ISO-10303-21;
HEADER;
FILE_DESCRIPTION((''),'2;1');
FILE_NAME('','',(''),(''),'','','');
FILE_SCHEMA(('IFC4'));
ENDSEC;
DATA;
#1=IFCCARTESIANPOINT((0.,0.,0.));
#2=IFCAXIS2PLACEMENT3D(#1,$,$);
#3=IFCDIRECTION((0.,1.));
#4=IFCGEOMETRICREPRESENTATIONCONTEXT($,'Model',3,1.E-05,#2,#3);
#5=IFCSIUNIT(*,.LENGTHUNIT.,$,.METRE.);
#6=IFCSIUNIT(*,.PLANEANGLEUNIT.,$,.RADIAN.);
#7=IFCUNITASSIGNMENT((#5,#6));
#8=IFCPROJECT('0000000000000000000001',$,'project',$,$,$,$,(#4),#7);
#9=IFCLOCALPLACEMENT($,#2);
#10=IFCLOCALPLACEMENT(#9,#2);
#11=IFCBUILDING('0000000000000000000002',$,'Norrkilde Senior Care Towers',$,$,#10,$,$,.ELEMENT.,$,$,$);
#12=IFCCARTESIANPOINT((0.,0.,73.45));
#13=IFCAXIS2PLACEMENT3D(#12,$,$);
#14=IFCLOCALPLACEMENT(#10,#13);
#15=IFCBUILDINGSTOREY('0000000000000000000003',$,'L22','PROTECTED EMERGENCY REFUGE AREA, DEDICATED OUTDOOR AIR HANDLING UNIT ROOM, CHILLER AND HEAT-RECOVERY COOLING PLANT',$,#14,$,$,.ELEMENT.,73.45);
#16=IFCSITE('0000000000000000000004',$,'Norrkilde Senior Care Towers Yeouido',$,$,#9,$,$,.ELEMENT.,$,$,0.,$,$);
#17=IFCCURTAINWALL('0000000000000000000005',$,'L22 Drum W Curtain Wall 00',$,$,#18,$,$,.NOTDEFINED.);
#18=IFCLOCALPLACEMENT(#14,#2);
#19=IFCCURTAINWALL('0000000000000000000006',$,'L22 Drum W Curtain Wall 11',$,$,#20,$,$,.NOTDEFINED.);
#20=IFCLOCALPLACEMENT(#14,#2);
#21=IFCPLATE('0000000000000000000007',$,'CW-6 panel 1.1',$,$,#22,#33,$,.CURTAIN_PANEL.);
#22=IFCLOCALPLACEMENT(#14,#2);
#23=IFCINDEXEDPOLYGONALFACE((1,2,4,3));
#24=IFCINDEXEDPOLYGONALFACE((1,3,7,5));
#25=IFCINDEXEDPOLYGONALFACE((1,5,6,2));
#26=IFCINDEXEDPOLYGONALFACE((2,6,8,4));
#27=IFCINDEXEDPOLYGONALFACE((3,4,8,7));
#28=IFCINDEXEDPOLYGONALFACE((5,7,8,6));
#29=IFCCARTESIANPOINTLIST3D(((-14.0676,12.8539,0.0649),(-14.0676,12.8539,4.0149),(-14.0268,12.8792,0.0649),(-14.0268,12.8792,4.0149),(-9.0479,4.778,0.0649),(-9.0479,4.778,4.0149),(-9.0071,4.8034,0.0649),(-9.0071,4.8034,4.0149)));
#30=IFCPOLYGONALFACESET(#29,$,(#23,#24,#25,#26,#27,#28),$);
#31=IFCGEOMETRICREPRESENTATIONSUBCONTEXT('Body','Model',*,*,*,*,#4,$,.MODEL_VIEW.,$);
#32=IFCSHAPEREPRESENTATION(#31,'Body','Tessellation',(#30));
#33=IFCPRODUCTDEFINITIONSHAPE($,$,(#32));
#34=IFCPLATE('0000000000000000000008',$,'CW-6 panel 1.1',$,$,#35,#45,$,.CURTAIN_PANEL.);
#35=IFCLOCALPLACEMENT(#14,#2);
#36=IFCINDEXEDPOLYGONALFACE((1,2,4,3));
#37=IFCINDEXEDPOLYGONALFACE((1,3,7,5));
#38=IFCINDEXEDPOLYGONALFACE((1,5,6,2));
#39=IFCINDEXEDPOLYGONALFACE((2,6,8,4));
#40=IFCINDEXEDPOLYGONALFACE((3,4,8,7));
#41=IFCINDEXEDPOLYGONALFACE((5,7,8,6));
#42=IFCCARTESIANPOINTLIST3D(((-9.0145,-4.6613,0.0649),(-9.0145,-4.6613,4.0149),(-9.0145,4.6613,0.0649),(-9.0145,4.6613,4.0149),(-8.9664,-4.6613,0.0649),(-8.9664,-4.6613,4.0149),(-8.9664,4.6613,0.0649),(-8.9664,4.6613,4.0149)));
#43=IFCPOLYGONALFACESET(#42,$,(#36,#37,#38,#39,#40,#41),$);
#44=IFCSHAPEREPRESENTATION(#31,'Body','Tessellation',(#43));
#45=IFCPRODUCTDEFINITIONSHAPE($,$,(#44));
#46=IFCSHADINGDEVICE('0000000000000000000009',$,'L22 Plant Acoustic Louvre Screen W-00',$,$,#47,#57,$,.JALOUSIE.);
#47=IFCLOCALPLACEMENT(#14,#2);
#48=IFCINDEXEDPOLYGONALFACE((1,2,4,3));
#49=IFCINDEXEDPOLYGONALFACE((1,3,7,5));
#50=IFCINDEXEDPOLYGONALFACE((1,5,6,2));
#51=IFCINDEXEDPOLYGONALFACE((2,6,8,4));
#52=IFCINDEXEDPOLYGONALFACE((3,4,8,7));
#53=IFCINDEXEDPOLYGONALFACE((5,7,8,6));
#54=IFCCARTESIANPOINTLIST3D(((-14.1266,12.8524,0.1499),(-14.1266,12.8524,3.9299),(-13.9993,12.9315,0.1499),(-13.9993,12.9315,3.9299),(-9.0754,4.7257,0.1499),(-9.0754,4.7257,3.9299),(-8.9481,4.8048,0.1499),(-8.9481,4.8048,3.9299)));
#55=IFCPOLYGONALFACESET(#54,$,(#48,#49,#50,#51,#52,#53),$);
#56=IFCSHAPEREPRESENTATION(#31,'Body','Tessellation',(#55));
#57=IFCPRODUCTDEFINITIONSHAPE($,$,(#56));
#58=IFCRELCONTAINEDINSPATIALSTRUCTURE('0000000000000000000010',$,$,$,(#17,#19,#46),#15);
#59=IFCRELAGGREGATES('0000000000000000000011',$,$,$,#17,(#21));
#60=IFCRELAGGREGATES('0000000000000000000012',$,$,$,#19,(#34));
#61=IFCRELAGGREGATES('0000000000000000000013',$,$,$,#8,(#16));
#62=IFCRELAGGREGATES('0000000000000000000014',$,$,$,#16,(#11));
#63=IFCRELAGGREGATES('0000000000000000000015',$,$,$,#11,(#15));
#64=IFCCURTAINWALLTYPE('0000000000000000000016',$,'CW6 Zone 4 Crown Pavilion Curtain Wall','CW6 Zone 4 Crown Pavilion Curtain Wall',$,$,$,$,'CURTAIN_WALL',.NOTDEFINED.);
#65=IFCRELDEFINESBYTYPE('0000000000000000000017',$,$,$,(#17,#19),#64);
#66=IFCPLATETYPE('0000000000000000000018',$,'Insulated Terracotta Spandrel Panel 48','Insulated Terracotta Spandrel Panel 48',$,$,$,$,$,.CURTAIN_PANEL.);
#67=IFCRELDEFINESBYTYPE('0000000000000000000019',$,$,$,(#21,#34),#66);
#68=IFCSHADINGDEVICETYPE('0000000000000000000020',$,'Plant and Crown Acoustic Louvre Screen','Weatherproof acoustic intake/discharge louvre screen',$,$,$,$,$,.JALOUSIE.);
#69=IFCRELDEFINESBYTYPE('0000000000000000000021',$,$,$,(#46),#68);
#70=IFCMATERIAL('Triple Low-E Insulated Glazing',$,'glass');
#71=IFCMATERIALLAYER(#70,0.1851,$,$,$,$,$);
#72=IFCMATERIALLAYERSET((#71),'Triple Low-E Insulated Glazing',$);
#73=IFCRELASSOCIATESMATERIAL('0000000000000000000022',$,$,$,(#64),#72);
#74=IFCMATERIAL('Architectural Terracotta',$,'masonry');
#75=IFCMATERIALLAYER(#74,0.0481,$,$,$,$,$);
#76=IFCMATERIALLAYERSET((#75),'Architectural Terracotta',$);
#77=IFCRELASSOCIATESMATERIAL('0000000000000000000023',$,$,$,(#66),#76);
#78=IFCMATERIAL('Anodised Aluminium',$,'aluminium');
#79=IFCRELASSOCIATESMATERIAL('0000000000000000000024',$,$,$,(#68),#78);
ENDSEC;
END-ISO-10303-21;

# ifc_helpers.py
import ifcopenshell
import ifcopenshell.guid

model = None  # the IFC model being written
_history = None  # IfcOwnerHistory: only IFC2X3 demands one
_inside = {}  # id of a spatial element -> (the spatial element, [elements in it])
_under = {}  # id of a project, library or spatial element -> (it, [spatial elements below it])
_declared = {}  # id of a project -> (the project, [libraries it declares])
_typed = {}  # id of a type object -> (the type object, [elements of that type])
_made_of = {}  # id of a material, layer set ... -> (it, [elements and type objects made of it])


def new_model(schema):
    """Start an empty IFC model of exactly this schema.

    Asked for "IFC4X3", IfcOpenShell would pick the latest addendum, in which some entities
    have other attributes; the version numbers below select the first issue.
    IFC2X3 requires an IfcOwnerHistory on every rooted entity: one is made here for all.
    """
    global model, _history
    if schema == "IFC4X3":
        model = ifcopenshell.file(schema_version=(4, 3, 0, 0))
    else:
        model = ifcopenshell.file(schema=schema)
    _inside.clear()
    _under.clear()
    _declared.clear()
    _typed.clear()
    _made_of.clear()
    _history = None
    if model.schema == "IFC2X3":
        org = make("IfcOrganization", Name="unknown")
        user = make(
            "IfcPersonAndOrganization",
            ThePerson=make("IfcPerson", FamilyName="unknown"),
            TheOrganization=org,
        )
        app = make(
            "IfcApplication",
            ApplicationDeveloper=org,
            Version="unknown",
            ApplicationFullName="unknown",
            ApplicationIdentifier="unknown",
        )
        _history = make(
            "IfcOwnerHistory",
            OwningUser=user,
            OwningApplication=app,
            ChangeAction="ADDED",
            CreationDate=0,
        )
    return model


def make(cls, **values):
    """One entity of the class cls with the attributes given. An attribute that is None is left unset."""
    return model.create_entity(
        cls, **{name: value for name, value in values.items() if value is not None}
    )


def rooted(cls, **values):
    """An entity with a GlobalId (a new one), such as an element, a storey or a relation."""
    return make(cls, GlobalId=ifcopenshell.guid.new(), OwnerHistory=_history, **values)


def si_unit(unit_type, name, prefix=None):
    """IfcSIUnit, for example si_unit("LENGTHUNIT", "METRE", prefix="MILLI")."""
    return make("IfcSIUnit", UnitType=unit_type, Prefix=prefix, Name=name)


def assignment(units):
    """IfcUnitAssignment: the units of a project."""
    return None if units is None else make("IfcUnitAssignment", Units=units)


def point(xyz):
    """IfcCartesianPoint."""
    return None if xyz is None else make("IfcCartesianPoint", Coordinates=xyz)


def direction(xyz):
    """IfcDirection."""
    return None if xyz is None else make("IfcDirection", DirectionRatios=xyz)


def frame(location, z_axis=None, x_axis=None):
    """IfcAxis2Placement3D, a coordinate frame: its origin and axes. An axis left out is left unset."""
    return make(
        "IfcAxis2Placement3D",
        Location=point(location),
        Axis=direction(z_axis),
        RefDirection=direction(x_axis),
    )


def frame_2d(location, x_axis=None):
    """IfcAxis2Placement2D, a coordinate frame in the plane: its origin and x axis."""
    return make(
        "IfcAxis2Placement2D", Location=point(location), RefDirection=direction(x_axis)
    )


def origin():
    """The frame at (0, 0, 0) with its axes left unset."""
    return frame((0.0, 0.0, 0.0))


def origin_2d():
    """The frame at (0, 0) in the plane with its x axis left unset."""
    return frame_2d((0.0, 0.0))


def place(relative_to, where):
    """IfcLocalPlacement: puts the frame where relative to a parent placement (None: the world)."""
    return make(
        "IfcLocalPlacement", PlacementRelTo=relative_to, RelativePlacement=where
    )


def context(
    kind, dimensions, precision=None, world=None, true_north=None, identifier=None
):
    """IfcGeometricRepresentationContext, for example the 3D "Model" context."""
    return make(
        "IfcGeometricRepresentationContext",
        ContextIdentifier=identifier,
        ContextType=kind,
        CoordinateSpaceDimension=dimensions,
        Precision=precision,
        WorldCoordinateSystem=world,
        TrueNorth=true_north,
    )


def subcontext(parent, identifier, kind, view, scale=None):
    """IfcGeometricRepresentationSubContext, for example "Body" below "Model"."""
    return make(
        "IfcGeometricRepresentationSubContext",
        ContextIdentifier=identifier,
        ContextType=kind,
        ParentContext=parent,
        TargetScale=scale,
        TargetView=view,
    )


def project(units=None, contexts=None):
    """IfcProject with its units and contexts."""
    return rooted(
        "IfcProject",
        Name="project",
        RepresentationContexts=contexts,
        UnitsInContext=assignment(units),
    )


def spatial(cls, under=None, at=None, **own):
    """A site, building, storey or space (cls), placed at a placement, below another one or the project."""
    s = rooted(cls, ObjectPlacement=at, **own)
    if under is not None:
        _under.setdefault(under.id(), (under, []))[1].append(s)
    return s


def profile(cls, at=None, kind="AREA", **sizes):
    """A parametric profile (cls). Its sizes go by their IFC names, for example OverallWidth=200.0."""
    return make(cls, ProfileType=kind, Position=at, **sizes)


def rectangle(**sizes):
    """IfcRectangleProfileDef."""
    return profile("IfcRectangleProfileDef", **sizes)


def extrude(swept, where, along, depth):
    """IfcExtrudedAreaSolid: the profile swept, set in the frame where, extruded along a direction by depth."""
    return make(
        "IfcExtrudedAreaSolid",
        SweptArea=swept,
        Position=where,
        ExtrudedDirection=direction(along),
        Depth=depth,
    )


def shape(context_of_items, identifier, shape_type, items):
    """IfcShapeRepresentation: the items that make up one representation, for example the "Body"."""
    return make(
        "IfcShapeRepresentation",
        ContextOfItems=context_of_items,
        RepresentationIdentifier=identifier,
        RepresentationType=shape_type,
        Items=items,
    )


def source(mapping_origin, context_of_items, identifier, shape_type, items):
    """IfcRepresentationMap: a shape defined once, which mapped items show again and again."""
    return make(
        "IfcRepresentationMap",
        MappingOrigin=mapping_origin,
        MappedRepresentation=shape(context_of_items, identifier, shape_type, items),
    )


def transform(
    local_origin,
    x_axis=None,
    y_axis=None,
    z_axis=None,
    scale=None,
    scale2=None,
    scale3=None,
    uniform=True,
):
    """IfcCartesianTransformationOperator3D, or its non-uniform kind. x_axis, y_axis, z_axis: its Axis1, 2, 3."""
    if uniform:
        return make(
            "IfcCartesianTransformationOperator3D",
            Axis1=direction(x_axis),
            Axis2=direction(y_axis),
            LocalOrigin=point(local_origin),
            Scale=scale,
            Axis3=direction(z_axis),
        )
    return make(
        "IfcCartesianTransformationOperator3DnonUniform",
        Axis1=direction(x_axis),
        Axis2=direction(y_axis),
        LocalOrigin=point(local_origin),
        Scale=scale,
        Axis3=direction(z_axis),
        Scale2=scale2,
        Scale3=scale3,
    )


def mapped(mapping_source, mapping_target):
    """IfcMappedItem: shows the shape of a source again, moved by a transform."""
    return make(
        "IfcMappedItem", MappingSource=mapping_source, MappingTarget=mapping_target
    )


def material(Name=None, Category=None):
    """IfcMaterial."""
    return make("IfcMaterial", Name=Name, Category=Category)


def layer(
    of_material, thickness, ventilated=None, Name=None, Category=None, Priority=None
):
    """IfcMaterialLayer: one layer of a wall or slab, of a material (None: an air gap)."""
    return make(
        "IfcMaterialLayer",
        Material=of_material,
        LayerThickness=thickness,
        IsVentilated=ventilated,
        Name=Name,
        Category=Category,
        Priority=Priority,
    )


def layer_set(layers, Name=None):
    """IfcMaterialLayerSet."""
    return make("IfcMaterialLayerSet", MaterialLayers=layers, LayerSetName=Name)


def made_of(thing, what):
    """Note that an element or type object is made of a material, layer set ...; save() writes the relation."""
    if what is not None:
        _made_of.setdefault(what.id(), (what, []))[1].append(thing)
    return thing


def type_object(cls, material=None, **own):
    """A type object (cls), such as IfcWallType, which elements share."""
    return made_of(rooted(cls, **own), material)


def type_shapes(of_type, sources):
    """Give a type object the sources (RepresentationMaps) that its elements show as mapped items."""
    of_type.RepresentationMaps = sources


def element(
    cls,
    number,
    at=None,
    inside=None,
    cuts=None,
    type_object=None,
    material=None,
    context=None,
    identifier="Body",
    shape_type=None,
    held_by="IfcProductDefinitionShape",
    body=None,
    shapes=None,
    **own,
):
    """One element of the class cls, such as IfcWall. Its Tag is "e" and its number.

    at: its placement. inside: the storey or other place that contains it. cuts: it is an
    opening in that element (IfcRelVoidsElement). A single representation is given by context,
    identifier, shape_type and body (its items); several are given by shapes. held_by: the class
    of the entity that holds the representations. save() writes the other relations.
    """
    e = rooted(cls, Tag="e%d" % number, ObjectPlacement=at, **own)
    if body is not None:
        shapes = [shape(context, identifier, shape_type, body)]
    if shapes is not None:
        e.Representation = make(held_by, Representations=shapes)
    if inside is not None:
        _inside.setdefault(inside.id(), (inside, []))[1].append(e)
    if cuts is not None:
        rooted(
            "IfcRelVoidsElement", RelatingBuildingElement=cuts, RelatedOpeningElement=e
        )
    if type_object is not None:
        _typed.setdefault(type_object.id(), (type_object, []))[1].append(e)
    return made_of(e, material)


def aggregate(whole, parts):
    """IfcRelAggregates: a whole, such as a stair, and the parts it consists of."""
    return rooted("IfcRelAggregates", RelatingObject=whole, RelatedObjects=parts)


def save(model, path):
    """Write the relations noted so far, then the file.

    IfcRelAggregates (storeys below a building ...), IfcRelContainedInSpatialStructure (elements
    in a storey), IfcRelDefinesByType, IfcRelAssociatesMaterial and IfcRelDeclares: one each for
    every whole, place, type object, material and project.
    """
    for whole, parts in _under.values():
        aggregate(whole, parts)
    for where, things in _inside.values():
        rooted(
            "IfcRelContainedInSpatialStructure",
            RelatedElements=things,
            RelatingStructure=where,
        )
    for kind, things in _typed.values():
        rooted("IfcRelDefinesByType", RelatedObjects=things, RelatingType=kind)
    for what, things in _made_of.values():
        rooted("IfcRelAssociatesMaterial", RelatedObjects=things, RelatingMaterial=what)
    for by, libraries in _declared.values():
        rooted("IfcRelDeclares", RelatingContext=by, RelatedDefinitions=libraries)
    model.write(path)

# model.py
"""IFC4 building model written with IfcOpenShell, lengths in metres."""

from ifc_helpers import new_model, si_unit, direction, frame, origin, origin_2d, place, context, subcontext, project, spatial, rectangle, extrude, source, transform, mapped, material, layer, layer_set, type_object, type_shapes, element, aggregate, save


model = new_model("IFC4")

# Units and contexts
model_context = context("Model", 3, precision=1e-05, world=origin(), true_north=direction((0.0, 1.0)))
body_context = subcontext(model_context, "Body", "Model", "MODEL_VIEW")
ifc_project = project(units=[si_unit("LENGTHUNIT", "METRE"), si_unit("PLANEANGLEUNIT", "RADIAN")], contexts=[model_context])

# Site, building, storey
site_placement = place(None, origin())
site = spatial("IfcSite", under=ifc_project, at=site_placement, Name="Norrkilde Senior Care Towers Yeouido", CompositionType="ELEMENT", RefElevation=0.0)
building_placement = place(site_placement, origin())
building = spatial("IfcBuilding", under=site, at=building_placement, Name="Norrkilde Senior Care Towers", CompositionType="ELEMENT")
storey_placement = place(building_placement, frame((0.0, 0.0, 73.45)))
storey = spatial("IfcBuildingStorey", under=building, at=storey_placement, Name="L22", Description="PROTECTED EMERGENCY REFUGE AREA, DEDICATED OUTDOOR AIR HANDLING UNIT ROOM, CHILLER AND HEAT-RECOVERY COOLING PLANT", CompositionType="ELEMENT", Elevation=73.45)

# Curtain wall
ifc_material_1 = material(Name="Triple Low-E Insulated Glazing", Category="glass")
ifc_layer_1 = layer(ifc_material_1, 0.1851)
ifc_layer_set_1 = layer_set([ifc_layer_1], Name="Triple Low-E Insulated Glazing")
curtain_wall_type = type_object("IfcCurtainWallType", Name="CW6 Zone 4 Crown Pavilion Curtain Wall", Description="CW6 Zone 4 Crown Pavilion Curtain Wall", ElementType="CURTAIN_WALL", PredefinedType="NOTDEFINED", material=ifc_layer_set_1)
curtain_wall_1_placement = place(storey_placement, origin())
curtain_wall_1 = element("IfcCurtainWall", 1, at=curtain_wall_1_placement, inside=storey, type_object=curtain_wall_type, Name="L22 Drum W Curtain Wall 00", PredefinedType="NOTDEFINED")
ifc_material_2 = material(Name="Anodised Aluminium", Category="aluminium")

# Curtain wall
curtain_wall_2_placement = place(storey_placement, origin())
curtain_wall_2 = element("IfcCurtainWall", 2, at=curtain_wall_2_placement, inside=storey, type_object=curtain_wall_type, Name="L22 Drum W Curtain Wall 11", PredefinedType="NOTDEFINED")

# Plates
ifc_material_3 = material(Name="Architectural Terracotta", Category="masonry")
ifc_layer_2 = layer(ifc_material_3, 0.0481)
ifc_layer_set_2 = layer_set([ifc_layer_2], Name="Architectural Terracotta")
plate_type_1 = type_object("IfcPlateType", Name="Insulated Terracotta Spandrel Panel 48", Description="Insulated Terracotta Spandrel Panel 48", PredefinedType="CURTAIN_PANEL", material=ifc_layer_set_2)
shared_shape_1 = source(origin(), body_context, "Body", "SweptSolid", [
    extrude(rectangle(XDim=9.5088, YDim=0.0481, at=origin_2d()), origin(), (0.0, 0.0, 1.0), 3.95),
])
plate_1_placement = place(storey_placement, frame((-11.5374, 8.8286, 0.0649), z_axis=(0.0, 0.0, 1.0), x_axis=(0.527901, -0.849306, 0.0)))
plate_1 = element("IfcPlate", 3, at=plate_1_placement, type_object=plate_type_1, Name="CW-6 panel 1.1", PredefinedType="CURTAIN_PANEL", context=body_context, shape_type="MappedRepresentation", body=[
    mapped(shared_shape_1, transform((0.0, 0.0, 0.0), x_axis=(1.0, 0.0, 0.0), y_axis=(0.0, 1.0, 0.0), z_axis=(0.0, 0.0, 1.0), scale=1.0)),
])
aggregate(curtain_wall_1, [plate_1])
shared_shape_2 = source(origin(), body_context, "Body", "SweptSolid", [
    extrude(rectangle(XDim=9.3225, YDim=0.0481, at=origin_2d()), origin(), (0.0, 0.0, 1.0), 3.95),
])
type_shapes(plate_type_1, [shared_shape_1, shared_shape_2])
plate_2_placement = place(storey_placement, frame((-8.9905, 0.0, 0.0649), z_axis=(0.0, 0.0, 1.0), x_axis=(0.0, -1.0, 0.0)))
plate_2 = element("IfcPlate", 4, at=plate_2_placement, type_object=plate_type_1, Name="CW-6 panel 1.1", PredefinedType="CURTAIN_PANEL", context=body_context, shape_type="MappedRepresentation", body=[
    mapped(shared_shape_2, transform((0.0, 0.0, 0.0), x_axis=(1.0, 0.0, 0.0), y_axis=(0.0, 1.0, 0.0), z_axis=(0.0, 0.0, 1.0), scale=1.0)),
])
aggregate(curtain_wall_2, [plate_2])

# Shading device
shading_device_type = type_object("IfcShadingDeviceType", Name="Plant and Crown Acoustic Louvre Screen", Description="Weatherproof acoustic intake/discharge louvre screen", PredefinedType="JALOUSIE", material=ifc_material_2)
shared_shape_3 = source(origin(), body_context, "Body", "SweptSolid", [
    extrude(rectangle(XDim=9.5686, YDim=0.1499, at=origin_2d()), origin(), (0.0, 0.0, 1.0), 3.78),
])
type_shapes(shading_device_type, [shared_shape_3])
shading_device_placement = place(storey_placement, frame((-11.5374, 8.8286, 0.1499), z_axis=(0.0, 0.0, 1.0), x_axis=(0.527901, -0.849306, 0.0)))
element("IfcShadingDevice", 5, at=shading_device_placement, inside=storey, type_object=shading_device_type, Name="L22 Plant Acoustic Louvre Screen W-00", PredefinedType="JALOUSIE", context=body_context, shape_type="MappedRepresentation", body=[
    mapped(shared_shape_3, transform((0.0, 0.0, 0.0), x_axis=(1.0, 0.0, 0.0), y_axis=(0.0, 1.0, 0.0), z_axis=(0.0, 0.0, 1.0), scale=1.0)),
])

save(model, "model.ifc")
